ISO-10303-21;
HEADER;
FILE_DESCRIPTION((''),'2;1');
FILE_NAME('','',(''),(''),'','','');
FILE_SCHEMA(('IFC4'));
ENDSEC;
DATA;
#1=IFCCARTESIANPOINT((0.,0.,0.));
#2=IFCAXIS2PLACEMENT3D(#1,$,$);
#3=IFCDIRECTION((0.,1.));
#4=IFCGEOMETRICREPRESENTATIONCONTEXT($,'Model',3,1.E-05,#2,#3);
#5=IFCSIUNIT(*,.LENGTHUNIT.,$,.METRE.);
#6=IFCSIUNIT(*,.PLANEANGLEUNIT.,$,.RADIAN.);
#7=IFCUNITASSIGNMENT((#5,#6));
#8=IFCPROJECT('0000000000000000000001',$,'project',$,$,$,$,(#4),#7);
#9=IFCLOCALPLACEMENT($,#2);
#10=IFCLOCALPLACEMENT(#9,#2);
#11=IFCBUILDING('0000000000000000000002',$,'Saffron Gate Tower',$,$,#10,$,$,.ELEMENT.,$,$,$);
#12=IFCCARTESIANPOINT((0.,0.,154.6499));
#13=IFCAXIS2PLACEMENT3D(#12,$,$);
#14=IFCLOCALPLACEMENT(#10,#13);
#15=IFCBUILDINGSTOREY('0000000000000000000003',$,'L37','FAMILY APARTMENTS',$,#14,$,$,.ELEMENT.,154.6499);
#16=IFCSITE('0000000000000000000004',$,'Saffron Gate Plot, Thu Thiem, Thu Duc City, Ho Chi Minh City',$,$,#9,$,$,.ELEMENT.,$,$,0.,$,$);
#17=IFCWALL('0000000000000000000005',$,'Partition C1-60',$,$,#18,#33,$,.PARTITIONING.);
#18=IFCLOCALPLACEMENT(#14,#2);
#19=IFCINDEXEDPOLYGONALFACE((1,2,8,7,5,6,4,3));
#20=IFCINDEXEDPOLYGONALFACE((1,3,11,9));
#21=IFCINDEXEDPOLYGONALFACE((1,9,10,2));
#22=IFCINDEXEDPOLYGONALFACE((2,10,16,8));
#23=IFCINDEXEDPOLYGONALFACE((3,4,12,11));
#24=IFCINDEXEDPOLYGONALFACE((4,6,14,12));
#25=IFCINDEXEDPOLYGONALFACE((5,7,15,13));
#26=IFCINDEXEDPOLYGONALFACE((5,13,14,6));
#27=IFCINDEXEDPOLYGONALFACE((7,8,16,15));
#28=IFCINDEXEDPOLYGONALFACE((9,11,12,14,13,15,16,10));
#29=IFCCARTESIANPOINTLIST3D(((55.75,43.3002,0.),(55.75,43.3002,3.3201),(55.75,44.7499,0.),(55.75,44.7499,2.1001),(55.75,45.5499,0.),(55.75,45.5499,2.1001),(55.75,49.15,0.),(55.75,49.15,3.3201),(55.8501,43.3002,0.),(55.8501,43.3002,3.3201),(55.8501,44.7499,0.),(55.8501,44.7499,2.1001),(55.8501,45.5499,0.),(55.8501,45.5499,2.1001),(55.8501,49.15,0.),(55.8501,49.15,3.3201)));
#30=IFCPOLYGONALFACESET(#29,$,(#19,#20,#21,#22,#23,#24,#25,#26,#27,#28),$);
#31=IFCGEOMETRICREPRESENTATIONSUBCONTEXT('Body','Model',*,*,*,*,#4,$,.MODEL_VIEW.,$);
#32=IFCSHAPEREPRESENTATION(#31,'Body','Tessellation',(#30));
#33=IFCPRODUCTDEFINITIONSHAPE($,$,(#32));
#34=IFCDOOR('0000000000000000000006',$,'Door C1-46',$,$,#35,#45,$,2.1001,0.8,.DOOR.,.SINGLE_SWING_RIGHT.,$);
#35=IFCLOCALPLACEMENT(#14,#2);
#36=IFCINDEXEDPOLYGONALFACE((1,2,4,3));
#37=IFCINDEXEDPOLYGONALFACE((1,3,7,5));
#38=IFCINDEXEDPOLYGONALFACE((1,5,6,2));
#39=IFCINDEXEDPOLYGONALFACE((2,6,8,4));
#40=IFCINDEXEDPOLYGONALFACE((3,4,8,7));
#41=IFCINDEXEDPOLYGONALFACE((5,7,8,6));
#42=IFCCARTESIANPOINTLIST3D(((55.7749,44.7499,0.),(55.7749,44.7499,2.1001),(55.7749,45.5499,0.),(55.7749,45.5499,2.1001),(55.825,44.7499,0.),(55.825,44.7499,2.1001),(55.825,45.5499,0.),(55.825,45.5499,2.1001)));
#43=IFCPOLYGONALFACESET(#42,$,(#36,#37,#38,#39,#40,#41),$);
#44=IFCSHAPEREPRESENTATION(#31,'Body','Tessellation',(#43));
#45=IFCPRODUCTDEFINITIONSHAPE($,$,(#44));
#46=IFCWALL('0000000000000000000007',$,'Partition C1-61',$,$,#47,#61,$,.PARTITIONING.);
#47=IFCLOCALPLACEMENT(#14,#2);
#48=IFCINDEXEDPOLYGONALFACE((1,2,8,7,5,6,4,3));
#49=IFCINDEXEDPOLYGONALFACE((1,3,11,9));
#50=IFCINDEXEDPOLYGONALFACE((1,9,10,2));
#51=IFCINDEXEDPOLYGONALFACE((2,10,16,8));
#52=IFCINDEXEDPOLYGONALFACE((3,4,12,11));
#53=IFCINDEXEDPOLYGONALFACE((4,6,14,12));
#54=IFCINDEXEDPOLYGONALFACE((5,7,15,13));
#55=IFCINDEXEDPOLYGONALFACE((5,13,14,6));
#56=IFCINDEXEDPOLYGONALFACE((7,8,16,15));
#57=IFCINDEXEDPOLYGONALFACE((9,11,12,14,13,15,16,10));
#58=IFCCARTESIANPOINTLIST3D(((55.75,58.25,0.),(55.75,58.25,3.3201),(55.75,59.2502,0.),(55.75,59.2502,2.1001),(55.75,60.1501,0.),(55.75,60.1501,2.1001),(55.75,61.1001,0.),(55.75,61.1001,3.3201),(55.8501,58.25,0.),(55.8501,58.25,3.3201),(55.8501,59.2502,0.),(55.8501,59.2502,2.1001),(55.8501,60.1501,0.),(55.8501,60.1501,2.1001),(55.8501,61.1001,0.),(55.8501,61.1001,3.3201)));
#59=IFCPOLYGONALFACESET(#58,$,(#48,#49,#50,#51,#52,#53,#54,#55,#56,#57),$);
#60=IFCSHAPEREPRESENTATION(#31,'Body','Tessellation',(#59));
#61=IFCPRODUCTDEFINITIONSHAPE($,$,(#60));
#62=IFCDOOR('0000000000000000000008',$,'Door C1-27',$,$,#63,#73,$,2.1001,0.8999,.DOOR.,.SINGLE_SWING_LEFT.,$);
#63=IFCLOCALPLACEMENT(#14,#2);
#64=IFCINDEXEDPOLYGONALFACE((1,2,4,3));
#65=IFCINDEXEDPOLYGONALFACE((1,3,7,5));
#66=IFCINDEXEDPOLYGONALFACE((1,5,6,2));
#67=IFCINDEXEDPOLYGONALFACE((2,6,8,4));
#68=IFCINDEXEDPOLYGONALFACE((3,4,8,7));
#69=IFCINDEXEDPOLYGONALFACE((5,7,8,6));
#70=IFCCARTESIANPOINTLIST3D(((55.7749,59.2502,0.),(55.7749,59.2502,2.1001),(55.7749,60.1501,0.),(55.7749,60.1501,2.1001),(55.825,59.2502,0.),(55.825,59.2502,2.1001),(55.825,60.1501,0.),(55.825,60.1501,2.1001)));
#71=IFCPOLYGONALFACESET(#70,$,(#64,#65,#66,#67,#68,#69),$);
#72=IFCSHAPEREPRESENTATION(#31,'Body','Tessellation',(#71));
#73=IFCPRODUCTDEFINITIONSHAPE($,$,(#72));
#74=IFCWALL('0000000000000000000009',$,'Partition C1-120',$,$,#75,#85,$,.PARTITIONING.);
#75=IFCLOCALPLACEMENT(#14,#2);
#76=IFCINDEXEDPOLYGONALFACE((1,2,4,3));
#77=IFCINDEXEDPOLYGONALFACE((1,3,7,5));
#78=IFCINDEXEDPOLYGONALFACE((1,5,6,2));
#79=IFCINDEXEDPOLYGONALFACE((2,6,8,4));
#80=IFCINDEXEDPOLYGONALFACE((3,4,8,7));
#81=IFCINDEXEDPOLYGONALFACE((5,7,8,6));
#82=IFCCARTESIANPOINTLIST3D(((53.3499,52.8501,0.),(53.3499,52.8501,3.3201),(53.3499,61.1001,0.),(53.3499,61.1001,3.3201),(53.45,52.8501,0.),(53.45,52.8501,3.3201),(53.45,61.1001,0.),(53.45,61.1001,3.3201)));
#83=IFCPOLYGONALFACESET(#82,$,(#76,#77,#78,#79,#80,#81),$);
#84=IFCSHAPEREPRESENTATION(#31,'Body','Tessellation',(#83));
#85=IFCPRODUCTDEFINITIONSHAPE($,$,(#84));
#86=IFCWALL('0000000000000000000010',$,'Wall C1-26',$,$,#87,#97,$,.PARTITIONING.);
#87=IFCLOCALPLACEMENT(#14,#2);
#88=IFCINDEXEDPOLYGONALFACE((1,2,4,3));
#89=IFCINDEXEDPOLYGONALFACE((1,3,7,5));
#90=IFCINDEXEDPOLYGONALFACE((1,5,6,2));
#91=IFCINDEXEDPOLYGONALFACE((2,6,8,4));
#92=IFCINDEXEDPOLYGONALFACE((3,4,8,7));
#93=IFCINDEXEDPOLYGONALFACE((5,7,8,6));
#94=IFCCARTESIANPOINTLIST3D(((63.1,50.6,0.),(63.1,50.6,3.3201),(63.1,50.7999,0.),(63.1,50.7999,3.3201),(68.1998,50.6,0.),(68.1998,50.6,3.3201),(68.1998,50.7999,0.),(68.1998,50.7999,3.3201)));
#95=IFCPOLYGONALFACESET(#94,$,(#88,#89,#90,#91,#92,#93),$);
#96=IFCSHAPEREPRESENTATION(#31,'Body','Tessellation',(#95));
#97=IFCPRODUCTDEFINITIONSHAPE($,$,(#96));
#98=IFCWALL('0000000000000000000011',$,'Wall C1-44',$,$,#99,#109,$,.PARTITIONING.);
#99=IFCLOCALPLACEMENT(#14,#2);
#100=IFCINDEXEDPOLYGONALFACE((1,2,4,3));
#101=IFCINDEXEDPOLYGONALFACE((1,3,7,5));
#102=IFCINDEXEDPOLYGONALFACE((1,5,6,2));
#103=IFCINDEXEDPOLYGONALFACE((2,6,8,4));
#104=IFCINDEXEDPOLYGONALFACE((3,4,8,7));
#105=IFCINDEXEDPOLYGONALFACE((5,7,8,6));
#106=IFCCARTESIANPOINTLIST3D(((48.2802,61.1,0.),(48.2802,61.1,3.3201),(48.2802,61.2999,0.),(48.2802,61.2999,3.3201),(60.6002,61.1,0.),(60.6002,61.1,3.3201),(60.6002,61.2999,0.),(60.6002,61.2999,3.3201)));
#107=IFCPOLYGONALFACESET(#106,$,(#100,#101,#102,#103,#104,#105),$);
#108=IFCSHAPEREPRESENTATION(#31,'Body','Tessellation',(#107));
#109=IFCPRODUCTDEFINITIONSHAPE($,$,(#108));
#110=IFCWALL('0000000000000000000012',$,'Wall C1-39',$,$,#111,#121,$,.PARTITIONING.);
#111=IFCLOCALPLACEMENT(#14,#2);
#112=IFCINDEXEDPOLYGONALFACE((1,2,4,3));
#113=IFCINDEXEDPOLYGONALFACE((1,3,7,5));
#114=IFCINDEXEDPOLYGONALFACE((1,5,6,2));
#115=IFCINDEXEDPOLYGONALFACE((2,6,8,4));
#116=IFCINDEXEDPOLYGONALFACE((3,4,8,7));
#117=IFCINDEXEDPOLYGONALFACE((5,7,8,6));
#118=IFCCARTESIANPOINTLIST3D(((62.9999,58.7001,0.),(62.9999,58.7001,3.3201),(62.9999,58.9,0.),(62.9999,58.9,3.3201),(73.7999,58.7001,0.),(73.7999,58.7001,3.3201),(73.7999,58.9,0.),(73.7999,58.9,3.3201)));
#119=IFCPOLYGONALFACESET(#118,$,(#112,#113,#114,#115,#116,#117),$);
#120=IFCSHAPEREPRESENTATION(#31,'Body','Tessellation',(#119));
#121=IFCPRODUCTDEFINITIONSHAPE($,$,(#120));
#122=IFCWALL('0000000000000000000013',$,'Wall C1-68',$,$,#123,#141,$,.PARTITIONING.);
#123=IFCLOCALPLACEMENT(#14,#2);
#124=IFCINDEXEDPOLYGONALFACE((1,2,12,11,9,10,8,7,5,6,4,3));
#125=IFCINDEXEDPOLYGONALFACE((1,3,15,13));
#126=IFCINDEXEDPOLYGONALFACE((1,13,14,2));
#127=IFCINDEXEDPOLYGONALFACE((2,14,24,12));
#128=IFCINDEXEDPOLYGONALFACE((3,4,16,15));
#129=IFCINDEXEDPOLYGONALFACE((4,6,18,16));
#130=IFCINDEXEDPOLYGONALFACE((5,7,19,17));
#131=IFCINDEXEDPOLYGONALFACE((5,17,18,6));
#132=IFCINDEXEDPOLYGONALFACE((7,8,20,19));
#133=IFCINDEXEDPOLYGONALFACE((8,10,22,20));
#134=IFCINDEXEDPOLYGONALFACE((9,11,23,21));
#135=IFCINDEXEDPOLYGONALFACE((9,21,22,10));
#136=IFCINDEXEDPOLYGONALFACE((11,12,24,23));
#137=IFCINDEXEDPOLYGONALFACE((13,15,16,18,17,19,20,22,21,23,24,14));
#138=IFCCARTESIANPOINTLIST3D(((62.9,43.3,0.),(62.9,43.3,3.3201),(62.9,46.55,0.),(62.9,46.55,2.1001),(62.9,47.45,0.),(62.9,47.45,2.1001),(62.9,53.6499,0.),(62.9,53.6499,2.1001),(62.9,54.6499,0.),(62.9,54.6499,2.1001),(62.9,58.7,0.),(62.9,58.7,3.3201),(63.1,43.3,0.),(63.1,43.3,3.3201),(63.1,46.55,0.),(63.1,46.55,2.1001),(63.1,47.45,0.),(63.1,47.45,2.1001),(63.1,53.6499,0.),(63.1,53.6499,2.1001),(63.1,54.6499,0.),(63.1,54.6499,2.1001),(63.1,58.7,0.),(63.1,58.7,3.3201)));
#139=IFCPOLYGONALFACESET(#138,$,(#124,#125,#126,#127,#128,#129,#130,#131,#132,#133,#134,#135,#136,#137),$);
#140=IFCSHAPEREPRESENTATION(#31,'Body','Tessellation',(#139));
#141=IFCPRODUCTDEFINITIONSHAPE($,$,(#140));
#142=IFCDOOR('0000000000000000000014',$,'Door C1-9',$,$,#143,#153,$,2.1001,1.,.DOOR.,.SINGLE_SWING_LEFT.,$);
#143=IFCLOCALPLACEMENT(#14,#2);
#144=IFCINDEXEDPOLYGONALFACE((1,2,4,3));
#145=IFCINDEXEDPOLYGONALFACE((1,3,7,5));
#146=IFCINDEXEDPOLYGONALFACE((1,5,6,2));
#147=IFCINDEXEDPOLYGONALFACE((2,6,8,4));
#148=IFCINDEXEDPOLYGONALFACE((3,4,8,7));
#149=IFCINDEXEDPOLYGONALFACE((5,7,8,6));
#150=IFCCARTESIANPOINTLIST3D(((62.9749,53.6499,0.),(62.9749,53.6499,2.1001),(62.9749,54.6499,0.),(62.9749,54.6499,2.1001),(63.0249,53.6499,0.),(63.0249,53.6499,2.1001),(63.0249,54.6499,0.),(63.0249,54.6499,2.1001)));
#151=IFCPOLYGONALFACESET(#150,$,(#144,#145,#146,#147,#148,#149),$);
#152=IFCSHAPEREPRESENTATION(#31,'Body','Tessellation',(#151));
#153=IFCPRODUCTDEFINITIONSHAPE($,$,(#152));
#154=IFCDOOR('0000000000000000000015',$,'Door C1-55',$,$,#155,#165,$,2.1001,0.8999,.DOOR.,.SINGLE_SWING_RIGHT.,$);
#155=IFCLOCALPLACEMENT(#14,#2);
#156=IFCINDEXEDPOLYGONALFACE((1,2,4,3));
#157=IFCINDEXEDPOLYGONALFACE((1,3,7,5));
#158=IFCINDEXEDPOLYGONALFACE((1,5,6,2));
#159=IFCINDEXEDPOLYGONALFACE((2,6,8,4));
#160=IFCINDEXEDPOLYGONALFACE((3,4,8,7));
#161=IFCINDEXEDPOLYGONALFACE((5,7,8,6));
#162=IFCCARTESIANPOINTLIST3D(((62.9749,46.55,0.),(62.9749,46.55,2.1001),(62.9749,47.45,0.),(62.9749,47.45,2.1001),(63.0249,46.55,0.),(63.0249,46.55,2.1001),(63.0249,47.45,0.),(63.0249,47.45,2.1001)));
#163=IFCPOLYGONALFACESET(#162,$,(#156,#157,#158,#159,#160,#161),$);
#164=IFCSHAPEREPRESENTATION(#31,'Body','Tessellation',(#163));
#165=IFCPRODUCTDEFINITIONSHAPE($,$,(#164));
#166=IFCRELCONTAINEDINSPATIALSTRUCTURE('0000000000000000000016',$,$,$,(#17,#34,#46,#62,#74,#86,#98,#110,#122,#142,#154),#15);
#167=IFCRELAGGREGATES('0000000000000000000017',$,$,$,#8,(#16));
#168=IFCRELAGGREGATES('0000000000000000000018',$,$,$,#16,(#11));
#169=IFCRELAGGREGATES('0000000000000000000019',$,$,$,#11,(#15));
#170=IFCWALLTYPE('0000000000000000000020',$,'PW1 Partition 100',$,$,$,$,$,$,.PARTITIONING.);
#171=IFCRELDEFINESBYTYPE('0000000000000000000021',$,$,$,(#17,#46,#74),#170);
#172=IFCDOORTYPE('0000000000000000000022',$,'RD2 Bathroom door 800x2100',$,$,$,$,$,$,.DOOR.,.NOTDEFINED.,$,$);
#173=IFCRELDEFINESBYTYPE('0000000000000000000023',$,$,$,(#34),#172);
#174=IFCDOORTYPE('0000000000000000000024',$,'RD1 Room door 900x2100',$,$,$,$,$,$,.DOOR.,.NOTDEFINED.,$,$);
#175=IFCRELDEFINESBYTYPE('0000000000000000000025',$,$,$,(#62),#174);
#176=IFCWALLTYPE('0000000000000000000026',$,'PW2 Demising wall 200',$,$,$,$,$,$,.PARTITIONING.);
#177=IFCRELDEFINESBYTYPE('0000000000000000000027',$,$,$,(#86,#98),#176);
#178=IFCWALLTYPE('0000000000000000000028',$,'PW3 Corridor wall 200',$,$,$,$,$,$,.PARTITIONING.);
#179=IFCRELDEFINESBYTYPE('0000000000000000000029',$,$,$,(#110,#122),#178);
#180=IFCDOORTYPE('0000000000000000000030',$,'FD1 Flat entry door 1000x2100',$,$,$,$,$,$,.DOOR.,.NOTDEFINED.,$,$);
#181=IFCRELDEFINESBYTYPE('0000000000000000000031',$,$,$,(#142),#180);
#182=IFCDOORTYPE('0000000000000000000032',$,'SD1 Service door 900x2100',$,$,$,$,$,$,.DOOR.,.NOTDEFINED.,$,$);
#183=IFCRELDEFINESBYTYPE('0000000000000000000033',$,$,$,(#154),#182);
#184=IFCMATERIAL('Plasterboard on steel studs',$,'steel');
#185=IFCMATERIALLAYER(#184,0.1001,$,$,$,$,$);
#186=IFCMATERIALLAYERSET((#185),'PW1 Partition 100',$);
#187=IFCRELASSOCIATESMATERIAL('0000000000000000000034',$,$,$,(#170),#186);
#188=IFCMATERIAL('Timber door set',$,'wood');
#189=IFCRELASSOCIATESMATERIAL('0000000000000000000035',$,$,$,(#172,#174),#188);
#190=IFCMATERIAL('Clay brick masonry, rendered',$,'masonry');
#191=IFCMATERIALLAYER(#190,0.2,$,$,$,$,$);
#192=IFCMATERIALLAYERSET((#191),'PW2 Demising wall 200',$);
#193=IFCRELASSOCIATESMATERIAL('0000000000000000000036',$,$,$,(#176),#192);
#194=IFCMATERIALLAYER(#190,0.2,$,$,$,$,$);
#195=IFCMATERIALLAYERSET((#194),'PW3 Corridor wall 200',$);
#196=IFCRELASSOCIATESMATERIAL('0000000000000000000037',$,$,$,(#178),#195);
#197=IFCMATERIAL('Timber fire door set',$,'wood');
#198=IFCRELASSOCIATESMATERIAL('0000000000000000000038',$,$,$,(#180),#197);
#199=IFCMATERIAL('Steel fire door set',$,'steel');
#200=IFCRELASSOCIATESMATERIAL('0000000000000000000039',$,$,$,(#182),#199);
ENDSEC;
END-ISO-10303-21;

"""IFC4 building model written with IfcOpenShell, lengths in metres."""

from ifc_helpers import new_model, si_unit, direction, frame, frame_2d, origin, place, context, subcontext, project, spatial, rectangle, extrude, material, layer, layer_set, type_object, element, fill, save


model = new_model("IFC4")

# Units and contexts
model_context = context("Model", 3, precision=1e-05, world=origin(), true_north=direction((0.0, 1.0)))
body_context = subcontext(model_context, "Body", "Model", "MODEL_VIEW")
ifc_project = project(units=[si_unit("LENGTHUNIT", "METRE"), si_unit("PLANEANGLEUNIT", "RADIAN")], contexts=[model_context])

# Site, building, storey
site_placement = place(None, origin())
site = spatial("IfcSite", under=ifc_project, at=site_placement, Name="Saffron Gate Plot, Thu Thiem, Thu Duc City, Ho Chi Minh City", CompositionType="ELEMENT", RefElevation=0.0)
building_placement = place(site_placement, origin())
building = spatial("IfcBuilding", under=site, at=building_placement, Name="Saffron Gate Tower", CompositionType="ELEMENT")
storey_placement = place(building_placement, frame((0.0, 0.0, 154.6499)))
storey = spatial("IfcBuildingStorey", under=building, at=storey_placement, Name="L37", Description="FAMILY APARTMENTS", CompositionType="ELEMENT", Elevation=154.6499)

# Shared definitions
ifc_material_1 = material(Name="Plasterboard on steel studs", Category="steel")
ifc_layer_1 = layer(ifc_material_1, 0.1001)
ifc_layer_set_1 = layer_set([ifc_layer_1], Name="PW1 Partition 100")
wall_type_1 = type_object("IfcWallType", Name="PW1 Partition 100", PredefinedType="PARTITIONING", material=ifc_layer_set_1)
ifc_material_2 = material(Name="Timber door set", Category="wood")
door_type_1 = type_object("IfcDoorType", Name="RD2 Bathroom door 800x2100", OperationType="NOTDEFINED", PredefinedType="DOOR", material=ifc_material_2)
door_type_2 = type_object("IfcDoorType", Name="RD1 Room door 900x2100", OperationType="NOTDEFINED", PredefinedType="DOOR", material=ifc_material_2)

# Walls, openings, doors
wall_1_placement = place(storey_placement, frame((55.8, 49.1499, 0.0), z_axis=(0.0, 0.0, 1.0), x_axis=(0.0, -1.0, 0.0)))
wall_1 = element("IfcWall", 1, at=wall_1_placement, inside=storey, type_object=wall_type_1, Name="Partition C1-60", PredefinedType="PARTITIONING", context=body_context, shape_type="SweptSolid", body=[
    extrude(rectangle(XDim=5.8499, YDim=0.1001, at=frame_2d((2.9248, 0.0))), origin(), (0.0, 0.0, 1.0), 3.3201),
])
opening_1_placement = place(wall_1_placement, frame((3.6001, 0.0, 0.0)))
opening_1 = element("IfcOpeningElement", 2, at=opening_1_placement, cuts=wall_1, PredefinedType="OPENING", context=body_context, shape_type="SweptSolid", body=[
    extrude(rectangle(XDim=0.8, YDim=2.1001, at=frame_2d((0.3999, 1.05))), frame((0.0, 0.0601, 0.0), z_axis=(0.0, -1.0, 0.0), x_axis=(1.0, 0.0, 0.0)), (0.0, 0.0, 1.0), 0.1201),
])
door_1_placement = place(opening_1_placement, origin())
door_1 = element("IfcDoor", 3, at=door_1_placement, inside=storey, type_object=door_type_1, Name="Door C1-46", OperationType="SINGLE_SWING_RIGHT", OverallHeight=2.1001, OverallWidth=0.8, PredefinedType="DOOR", context=body_context, shape_type="SweptSolid", body=[
    extrude(rectangle(XDim=0.8, YDim=2.1001, at=frame_2d((0.3999, 1.05))), frame((0.0, 0.0249, 0.0), z_axis=(0.0, -1.0, 0.0), x_axis=(1.0, 0.0, 0.0)), (0.0, 0.0, 1.0), 0.05),
])
fill(opening_1, door_1)
wall_2_placement = place(storey_placement, frame((55.8, 61.1001, 0.0), z_axis=(0.0, 0.0, 1.0), x_axis=(0.0, -1.0, 0.0)))
wall_2 = element("IfcWall", 4, at=wall_2_placement, inside=storey, type_object=wall_type_1, Name="Partition C1-61", PredefinedType="PARTITIONING", context=body_context, shape_type="SweptSolid", body=[
    extrude(rectangle(XDim=2.8501, YDim=0.1001, at=frame_2d((1.425, 0.0))), origin(), (0.0, 0.0, 1.0), 3.3201),
])
opening_2_placement = place(wall_2_placement, frame((0.95, 0.0, 0.0)))
opening_2 = element("IfcOpeningElement", 5, at=opening_2_placement, cuts=wall_2, PredefinedType="OPENING", context=body_context, shape_type="SweptSolid", body=[
    extrude(rectangle(XDim=0.8999, YDim=2.1001, at=frame_2d((0.45, 1.05))), frame((0.0, 0.0601, 0.0), z_axis=(0.0, -1.0, 0.0), x_axis=(1.0, 0.0, 0.0)), (0.0, 0.0, 1.0), 0.1201),
])
door_2_placement = place(opening_2_placement, origin())
door_2 = element("IfcDoor", 6, at=door_2_placement, inside=storey, type_object=door_type_2, Name="Door C1-27", OperationType="SINGLE_SWING_LEFT", OverallHeight=2.1001, OverallWidth=0.8999, PredefinedType="DOOR", context=body_context, shape_type="SweptSolid", body=[
    extrude(rectangle(XDim=0.8999, YDim=2.1001, at=frame_2d((0.45, 1.05))), frame((0.0, 0.0249, 0.0), z_axis=(0.0, -1.0, 0.0), x_axis=(1.0, 0.0, 0.0)), (0.0, 0.0, 1.0), 0.05),
])
fill(opening_2, door_2)

# Walls
wall_3_placement = place(storey_placement, frame((53.3999, 61.1001, 0.0), z_axis=(0.0, 0.0, 1.0), x_axis=(0.0, -1.0, 0.0)))
element("IfcWall", 7, at=wall_3_placement, inside=storey, type_object=wall_type_1, Name="Partition C1-120", PredefinedType="PARTITIONING", context=body_context, shape_type="SweptSolid", body=[
    extrude(rectangle(XDim=8.25, YDim=0.1001, at=frame_2d((4.125, 0.0))), origin(), (0.0, 0.0, 1.0), 3.3201),
])
ifc_material_3 = material(Name="Clay brick masonry, rendered", Category="masonry")
ifc_layer_2 = layer(ifc_material_3, 0.2)
ifc_layer_set_2 = layer_set([ifc_layer_2], Name="PW2 Demising wall 200")
wall_type_2 = type_object("IfcWallType", Name="PW2 Demising wall 200", PredefinedType="PARTITIONING", material=ifc_layer_set_2)
wall_4_placement = place(storey_placement, frame((63.1001, 50.7, 0.0), z_axis=(0.0, 0.0, 1.0), x_axis=(1.0, 0.0, 0.0)))
element("IfcWall", 8, at=wall_4_placement, inside=storey, type_object=wall_type_2, Name="Wall C1-26", PredefinedType="PARTITIONING", context=body_context, shape_type="SweptSolid", body=[
    extrude(rectangle(XDim=5.0999, YDim=0.2, at=frame_2d((2.5498, 0.0))), origin(), (0.0, 0.0, 1.0), 3.3201),
])
wall_5_placement = place(storey_placement, frame((48.28, 61.2, 0.0), z_axis=(0.0, 0.0, 1.0), x_axis=(1.0, 0.0, 0.0)))
element("IfcWall", 9, at=wall_5_placement, inside=storey, type_object=wall_type_2, Name="Wall C1-44", PredefinedType="PARTITIONING", context=body_context, shape_type="SweptSolid", body=[
    extrude(rectangle(XDim=12.3201, YDim=0.2, at=frame_2d((6.1602, 0.0))), origin(), (0.0, 0.0, 1.0), 3.3201),
])
ifc_layer_3 = layer(ifc_material_3, 0.2)
ifc_layer_set_3 = layer_set([ifc_layer_3], Name="PW3 Corridor wall 200")
wall_type_3 = type_object("IfcWallType", Name="PW3 Corridor wall 200", PredefinedType="PARTITIONING", material=ifc_layer_set_3)
wall_6_placement = place(storey_placement, frame((63.0, 58.8, 0.0), z_axis=(0.0, 0.0, 1.0), x_axis=(1.0, 0.0, 0.0)))
element("IfcWall", 10, at=wall_6_placement, inside=storey, type_object=wall_type_3, Name="Wall C1-39", PredefinedType="PARTITIONING", context=body_context, shape_type="SweptSolid", body=[
    extrude(rectangle(XDim=10.8, YDim=0.2, at=frame_2d((5.3999, 0.0))), origin(), (0.0, 0.0, 1.0), 3.3201),
])

# Wall, openings, doors
wall_7_placement = place(storey_placement, frame((63.0, 58.7, 0.0), z_axis=(0.0, 0.0, 1.0), x_axis=(0.0, -1.0, 0.0)))
wall_7 = element("IfcWall", 11, at=wall_7_placement, inside=storey, type_object=wall_type_3, Name="Wall C1-68", PredefinedType="PARTITIONING", context=body_context, shape_type="SweptSolid", body=[
    extrude(rectangle(XDim=15.3999, YDim=0.2, at=frame_2d((7.7, 0.0))), origin(), (0.0, 0.0, 1.0), 3.3201),
])
opening_3_placement = place(wall_7_placement, frame((4.05, 0.0, 0.0)))
opening_3 = element("IfcOpeningElement", 12, at=opening_3_placement, cuts=wall_7, PredefinedType="OPENING", context=body_context, shape_type="SweptSolid", body=[
    extrude(rectangle(XDim=1.0, YDim=2.1001, at=frame_2d((0.5, 1.05))), frame((0.0, 0.1099, 0.0), z_axis=(0.0, -1.0, 0.0), x_axis=(1.0, 0.0, 0.0)), (0.0, 0.0, 1.0), 0.22),
])
opening_4_placement = place(wall_7_placement, frame((11.25, 0.0, 0.0)))
opening_4 = element("IfcOpeningElement", 13, at=opening_4_placement, cuts=wall_7, PredefinedType="OPENING", context=body_context, shape_type="SweptSolid", body=[
    extrude(rectangle(XDim=0.8999, YDim=2.1001, at=frame_2d((0.45, 1.05))), frame((0.0, 0.1099, 0.0), z_axis=(0.0, -1.0, 0.0), x_axis=(1.0, 0.0, 0.0)), (0.0, 0.0, 1.0), 0.22),
])
ifc_material_4 = material(Name="Timber fire door set", Category="wood")
door_type_3 = type_object("IfcDoorType", Name="FD1 Flat entry door 1000x2100", OperationType="NOTDEFINED", PredefinedType="DOOR", material=ifc_material_4)
door_3_placement = place(opening_3_placement, origin())
door_3 = element("IfcDoor", 14, at=door_3_placement, inside=storey, type_object=door_type_3, Name="Door C1-9", OperationType="SINGLE_SWING_LEFT", OverallHeight=2.1001, OverallWidth=1.0, PredefinedType="DOOR", context=body_context, shape_type="SweptSolid", body=[
    extrude(rectangle(XDim=1.0, YDim=2.1001, at=frame_2d((0.5, 1.05))), frame((0.0, 0.0249, 0.0), z_axis=(0.0, -1.0, 0.0), x_axis=(1.0, 0.0, 0.0)), (0.0, 0.0, 1.0), 0.05),
])
fill(opening_3, door_3)
ifc_material_5 = material(Name="Steel fire door set", Category="steel")
door_type_4 = type_object("IfcDoorType", Name="SD1 Service door 900x2100", OperationType="NOTDEFINED", PredefinedType="DOOR", material=ifc_material_5)
door_4_placement = place(opening_4_placement, origin())
door_4 = element("IfcDoor", 15, at=door_4_placement, inside=storey, type_object=door_type_4, Name="Door C1-55", OperationType="SINGLE_SWING_RIGHT", OverallHeight=2.1001, OverallWidth=0.8999, PredefinedType="DOOR", context=body_context, shape_type="SweptSolid", body=[
    extrude(rectangle(XDim=0.8999, YDim=2.1001, at=frame_2d((0.45, 1.05))), frame((0.0, 0.0249, 0.0), z_axis=(0.0, -1.0, 0.0), x_axis=(1.0, 0.0, 0.0)), (0.0, 0.0, 1.0), 0.05),
])
fill(opening_4, door_4)

save(model, "model.ifc")
